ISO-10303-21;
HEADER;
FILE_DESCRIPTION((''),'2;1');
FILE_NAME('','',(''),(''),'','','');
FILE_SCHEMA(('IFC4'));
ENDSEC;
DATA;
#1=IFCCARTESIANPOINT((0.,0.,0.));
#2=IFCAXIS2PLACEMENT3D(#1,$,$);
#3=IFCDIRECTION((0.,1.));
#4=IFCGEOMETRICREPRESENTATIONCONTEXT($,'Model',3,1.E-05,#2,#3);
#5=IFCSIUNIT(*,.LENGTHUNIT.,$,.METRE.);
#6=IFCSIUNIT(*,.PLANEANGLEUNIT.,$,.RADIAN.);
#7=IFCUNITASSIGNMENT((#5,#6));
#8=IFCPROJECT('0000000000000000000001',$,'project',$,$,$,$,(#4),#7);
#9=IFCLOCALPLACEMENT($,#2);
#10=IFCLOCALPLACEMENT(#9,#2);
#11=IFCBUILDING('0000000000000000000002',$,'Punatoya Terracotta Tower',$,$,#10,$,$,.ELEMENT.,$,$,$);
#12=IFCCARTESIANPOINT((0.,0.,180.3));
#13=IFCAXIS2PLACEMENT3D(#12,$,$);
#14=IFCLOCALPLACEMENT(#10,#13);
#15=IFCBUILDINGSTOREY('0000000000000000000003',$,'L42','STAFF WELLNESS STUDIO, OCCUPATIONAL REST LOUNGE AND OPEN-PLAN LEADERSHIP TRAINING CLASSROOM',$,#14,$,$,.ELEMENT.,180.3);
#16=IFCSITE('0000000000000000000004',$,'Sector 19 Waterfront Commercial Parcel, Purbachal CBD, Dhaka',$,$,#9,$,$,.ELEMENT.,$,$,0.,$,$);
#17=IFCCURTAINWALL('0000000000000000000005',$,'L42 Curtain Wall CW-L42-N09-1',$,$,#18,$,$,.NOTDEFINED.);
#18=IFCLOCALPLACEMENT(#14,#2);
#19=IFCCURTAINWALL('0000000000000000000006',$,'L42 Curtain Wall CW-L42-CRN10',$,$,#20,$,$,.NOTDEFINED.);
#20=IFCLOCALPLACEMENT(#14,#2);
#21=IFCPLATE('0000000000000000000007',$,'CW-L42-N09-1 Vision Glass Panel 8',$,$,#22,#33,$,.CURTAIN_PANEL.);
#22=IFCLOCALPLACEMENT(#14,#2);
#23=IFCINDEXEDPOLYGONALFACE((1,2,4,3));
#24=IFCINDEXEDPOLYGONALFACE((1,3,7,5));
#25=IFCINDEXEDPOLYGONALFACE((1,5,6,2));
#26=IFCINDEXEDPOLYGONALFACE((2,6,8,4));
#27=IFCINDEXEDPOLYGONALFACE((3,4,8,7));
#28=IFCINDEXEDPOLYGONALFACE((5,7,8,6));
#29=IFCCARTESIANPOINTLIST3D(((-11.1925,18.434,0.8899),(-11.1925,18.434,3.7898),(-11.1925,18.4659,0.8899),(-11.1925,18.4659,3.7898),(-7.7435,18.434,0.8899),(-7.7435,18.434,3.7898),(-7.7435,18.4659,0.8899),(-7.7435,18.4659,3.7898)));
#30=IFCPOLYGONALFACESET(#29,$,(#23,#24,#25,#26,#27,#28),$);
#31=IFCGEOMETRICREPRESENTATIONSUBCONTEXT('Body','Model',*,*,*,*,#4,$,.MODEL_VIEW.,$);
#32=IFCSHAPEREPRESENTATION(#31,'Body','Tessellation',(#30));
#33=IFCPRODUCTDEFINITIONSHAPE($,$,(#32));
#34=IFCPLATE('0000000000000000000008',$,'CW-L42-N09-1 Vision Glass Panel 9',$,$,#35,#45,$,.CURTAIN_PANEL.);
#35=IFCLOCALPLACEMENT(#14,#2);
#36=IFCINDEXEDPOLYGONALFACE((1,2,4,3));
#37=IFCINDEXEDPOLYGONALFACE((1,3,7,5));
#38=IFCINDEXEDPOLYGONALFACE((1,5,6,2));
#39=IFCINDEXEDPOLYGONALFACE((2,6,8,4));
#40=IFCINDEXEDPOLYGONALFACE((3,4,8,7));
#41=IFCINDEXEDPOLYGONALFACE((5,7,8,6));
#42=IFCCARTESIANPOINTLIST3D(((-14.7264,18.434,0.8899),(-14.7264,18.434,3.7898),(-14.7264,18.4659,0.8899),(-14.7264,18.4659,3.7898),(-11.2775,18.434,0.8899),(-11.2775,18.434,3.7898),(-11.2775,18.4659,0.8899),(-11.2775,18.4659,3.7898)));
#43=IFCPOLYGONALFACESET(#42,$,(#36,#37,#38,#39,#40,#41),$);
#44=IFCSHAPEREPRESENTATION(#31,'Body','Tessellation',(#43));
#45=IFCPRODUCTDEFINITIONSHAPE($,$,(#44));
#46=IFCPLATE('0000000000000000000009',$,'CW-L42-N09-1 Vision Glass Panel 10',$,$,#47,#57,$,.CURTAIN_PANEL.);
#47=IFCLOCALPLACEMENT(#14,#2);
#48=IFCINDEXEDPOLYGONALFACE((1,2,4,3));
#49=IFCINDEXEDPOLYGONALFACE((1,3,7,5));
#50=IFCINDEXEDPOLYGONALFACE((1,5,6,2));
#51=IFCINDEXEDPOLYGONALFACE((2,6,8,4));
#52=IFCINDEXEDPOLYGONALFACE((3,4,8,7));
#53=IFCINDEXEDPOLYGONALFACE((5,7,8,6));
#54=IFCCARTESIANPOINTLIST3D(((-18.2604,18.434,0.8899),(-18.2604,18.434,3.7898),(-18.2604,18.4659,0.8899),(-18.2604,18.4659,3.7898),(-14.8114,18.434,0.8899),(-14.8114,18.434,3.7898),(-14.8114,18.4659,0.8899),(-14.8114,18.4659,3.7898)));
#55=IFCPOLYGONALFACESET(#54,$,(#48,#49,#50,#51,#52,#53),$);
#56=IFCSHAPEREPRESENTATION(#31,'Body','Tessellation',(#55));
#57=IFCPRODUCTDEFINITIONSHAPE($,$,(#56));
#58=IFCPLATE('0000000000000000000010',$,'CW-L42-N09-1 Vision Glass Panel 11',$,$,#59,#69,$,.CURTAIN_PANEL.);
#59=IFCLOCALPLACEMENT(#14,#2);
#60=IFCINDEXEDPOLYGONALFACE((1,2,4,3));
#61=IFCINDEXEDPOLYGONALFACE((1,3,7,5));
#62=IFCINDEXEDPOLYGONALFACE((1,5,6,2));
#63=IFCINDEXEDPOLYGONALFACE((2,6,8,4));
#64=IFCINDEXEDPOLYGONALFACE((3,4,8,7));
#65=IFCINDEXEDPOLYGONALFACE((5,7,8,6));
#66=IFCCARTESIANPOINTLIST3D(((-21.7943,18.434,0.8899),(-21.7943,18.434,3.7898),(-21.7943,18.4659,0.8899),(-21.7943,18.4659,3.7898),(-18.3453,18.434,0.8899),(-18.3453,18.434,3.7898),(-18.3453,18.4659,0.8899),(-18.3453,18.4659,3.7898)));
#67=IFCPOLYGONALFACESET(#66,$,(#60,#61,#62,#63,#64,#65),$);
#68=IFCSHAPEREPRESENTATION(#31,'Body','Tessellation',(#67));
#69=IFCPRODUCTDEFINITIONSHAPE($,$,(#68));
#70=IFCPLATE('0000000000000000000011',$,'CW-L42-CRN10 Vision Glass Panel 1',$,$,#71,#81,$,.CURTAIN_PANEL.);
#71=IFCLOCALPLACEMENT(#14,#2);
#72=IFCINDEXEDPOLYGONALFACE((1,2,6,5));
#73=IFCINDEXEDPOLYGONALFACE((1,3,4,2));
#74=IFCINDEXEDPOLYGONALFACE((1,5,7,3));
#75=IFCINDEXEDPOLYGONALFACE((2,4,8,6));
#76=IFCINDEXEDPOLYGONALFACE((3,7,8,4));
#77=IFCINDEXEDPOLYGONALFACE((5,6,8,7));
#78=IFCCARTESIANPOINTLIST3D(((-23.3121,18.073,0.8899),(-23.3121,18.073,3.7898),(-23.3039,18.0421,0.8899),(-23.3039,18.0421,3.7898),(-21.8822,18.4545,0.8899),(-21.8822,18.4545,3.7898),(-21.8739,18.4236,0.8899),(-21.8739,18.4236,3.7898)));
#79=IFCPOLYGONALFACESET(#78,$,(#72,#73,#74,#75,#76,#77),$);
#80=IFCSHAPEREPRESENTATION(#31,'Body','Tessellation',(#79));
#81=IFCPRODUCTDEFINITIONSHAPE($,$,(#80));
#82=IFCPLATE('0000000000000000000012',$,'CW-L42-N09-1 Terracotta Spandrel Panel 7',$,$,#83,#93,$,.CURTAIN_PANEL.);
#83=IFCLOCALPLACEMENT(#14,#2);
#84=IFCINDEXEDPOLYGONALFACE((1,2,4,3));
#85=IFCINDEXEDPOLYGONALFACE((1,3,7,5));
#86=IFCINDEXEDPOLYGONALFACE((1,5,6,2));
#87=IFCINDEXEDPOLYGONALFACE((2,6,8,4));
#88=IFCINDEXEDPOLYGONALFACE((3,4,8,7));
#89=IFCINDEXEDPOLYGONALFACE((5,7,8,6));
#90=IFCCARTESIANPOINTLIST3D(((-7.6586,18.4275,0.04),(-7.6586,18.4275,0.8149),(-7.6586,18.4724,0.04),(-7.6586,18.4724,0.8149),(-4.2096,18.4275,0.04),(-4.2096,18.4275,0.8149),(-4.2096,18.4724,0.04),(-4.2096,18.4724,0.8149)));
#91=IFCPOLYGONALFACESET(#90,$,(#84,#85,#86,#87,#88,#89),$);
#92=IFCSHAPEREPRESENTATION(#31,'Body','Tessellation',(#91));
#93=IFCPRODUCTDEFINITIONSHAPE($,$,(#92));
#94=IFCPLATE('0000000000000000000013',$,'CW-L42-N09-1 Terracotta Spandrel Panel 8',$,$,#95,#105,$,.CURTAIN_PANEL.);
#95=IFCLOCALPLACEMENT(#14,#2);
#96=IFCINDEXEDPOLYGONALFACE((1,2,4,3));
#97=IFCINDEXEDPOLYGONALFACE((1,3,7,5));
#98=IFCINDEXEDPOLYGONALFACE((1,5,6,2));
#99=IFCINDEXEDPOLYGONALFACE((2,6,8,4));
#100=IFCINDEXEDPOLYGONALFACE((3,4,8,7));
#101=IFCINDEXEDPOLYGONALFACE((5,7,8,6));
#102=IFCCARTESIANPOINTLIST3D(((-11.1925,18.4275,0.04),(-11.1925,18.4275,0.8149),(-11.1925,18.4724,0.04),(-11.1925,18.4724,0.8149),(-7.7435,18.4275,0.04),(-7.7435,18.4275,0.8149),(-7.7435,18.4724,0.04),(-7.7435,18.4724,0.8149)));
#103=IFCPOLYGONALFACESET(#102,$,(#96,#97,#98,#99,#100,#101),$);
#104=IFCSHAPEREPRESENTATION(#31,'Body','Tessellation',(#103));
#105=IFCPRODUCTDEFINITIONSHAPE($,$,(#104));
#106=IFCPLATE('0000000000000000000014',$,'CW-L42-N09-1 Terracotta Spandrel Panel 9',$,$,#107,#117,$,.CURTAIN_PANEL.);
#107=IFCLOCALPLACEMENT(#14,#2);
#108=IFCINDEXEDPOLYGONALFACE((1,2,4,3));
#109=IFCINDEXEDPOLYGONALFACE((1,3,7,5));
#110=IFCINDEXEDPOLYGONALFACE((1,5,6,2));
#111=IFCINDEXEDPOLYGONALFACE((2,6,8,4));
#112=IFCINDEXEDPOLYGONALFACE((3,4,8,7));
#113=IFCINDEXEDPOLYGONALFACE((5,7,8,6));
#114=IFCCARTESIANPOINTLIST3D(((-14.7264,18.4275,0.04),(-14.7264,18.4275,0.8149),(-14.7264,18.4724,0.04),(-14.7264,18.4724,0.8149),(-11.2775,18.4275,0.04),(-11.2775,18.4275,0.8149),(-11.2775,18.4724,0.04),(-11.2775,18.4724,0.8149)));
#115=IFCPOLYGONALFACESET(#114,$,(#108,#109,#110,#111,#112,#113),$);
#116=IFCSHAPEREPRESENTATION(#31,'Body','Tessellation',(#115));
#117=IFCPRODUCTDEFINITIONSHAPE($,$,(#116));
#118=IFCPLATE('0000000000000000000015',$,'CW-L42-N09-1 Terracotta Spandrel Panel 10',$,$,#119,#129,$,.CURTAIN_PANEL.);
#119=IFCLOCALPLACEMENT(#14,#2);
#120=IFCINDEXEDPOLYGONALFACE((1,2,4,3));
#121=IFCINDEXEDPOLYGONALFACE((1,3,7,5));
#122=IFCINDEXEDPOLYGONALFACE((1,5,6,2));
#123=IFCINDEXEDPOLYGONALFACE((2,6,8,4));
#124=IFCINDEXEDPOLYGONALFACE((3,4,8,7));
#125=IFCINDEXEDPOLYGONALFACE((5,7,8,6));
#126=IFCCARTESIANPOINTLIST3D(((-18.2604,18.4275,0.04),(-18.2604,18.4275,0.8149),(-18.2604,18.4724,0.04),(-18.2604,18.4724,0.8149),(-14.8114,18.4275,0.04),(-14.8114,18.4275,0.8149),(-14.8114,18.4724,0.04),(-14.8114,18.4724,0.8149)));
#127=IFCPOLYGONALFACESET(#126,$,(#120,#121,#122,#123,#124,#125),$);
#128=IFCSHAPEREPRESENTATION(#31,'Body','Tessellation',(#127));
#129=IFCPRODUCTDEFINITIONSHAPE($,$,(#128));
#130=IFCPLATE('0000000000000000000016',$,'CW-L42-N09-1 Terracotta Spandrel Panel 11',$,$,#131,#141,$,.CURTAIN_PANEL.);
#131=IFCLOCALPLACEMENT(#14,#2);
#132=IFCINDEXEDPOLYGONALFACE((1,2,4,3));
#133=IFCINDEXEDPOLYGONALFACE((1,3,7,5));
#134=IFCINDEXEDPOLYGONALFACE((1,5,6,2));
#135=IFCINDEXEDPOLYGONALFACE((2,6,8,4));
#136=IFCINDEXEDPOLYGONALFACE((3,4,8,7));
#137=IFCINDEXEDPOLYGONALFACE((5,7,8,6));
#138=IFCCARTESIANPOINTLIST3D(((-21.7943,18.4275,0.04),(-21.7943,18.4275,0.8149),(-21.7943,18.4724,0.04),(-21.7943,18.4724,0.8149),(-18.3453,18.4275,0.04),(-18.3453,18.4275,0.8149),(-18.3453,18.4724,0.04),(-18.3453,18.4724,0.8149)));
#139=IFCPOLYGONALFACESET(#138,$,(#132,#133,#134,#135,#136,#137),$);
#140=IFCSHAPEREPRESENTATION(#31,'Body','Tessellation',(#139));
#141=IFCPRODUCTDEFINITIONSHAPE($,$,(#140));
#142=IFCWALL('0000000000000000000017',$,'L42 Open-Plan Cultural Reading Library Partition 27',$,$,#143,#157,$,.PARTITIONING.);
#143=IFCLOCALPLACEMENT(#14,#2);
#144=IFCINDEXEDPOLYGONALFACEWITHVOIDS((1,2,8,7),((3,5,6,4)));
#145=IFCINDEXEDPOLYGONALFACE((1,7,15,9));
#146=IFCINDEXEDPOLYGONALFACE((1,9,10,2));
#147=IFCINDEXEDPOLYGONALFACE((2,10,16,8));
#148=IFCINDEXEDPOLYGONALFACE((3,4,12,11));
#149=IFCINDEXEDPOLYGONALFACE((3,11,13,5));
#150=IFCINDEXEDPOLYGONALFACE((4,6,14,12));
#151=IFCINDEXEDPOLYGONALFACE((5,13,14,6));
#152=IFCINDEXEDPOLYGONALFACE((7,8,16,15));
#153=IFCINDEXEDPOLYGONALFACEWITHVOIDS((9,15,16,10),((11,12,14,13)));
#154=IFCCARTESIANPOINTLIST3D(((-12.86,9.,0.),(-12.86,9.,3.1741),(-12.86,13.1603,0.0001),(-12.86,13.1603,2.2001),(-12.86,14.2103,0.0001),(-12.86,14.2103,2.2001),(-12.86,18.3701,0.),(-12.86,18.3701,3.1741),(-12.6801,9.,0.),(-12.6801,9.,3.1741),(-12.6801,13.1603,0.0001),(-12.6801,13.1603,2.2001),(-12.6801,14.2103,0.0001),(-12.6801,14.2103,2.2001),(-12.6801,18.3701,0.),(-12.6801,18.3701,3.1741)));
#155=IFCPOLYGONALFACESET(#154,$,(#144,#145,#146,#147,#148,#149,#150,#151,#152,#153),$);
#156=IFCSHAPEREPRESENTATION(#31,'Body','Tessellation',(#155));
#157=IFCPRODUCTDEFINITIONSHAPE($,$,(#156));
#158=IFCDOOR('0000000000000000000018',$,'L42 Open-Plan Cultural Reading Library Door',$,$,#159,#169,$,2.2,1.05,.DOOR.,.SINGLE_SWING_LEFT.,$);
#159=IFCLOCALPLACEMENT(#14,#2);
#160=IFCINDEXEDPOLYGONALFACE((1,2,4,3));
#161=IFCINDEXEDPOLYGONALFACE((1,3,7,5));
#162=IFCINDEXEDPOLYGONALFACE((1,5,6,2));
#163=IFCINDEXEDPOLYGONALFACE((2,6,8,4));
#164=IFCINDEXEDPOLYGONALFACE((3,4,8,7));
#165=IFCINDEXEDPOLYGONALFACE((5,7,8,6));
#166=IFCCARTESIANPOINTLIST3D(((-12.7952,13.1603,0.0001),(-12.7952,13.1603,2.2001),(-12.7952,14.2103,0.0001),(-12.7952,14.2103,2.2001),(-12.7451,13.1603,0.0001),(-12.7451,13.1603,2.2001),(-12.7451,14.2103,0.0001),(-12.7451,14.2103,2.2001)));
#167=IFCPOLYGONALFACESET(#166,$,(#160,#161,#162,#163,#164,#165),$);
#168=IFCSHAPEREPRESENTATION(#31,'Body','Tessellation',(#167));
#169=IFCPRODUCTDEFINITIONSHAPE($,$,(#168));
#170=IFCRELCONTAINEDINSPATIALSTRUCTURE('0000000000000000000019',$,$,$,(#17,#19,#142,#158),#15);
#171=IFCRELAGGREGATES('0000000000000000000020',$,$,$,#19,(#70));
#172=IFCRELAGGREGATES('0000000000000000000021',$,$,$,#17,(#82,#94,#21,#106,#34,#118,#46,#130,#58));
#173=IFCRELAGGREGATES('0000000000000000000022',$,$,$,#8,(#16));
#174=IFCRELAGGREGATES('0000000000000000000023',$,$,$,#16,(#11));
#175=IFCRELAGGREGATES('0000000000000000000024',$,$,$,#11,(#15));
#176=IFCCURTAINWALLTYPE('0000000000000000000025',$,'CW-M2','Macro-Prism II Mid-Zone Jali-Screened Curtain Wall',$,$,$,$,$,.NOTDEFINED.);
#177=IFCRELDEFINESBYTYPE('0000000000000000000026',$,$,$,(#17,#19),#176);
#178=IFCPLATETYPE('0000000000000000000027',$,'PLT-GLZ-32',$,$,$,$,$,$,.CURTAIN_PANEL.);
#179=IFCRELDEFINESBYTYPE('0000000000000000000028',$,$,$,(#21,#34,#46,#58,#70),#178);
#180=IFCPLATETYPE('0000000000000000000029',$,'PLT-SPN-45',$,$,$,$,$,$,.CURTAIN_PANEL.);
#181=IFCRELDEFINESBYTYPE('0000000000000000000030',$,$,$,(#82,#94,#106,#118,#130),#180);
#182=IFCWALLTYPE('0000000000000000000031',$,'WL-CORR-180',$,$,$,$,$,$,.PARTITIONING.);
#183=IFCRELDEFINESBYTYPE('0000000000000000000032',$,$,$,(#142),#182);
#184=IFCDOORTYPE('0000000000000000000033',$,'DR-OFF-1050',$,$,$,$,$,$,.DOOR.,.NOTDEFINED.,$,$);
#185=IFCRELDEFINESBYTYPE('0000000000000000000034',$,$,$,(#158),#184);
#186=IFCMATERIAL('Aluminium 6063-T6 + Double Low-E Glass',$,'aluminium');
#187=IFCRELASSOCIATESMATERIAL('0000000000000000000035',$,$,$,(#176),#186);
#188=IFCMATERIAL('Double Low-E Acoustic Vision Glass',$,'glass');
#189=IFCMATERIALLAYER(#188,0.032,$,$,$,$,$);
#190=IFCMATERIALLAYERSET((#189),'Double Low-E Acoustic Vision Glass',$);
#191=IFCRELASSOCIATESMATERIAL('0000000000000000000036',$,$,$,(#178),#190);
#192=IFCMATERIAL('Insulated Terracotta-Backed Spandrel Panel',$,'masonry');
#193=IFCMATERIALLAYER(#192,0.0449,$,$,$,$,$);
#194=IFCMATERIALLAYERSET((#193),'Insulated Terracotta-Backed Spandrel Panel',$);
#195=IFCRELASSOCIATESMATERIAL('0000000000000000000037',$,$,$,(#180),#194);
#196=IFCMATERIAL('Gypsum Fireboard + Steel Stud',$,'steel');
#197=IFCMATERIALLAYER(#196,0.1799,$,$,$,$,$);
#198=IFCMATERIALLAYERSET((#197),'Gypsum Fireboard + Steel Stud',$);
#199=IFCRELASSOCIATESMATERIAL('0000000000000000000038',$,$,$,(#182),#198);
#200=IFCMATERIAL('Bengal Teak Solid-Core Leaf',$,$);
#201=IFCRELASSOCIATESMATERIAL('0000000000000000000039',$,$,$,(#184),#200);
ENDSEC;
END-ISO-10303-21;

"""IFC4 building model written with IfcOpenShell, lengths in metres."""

from ifc_helpers import new_model, si_unit, direction, frame, frame_2d, origin, origin_2d, place, context, subcontext, project, spatial, rectangle, extrude, material, layer, layer_set, type_object, element, fill, aggregate, save


model = new_model("IFC4")

# Units and contexts
model_context = context("Model", 3, precision=1e-05, world=origin(), true_north=direction((0.0, 1.0)))
body_context = subcontext(model_context, "Body", "Model", "MODEL_VIEW")
ifc_project = project(units=[si_unit("LENGTHUNIT", "METRE"), si_unit("PLANEANGLEUNIT", "RADIAN")], contexts=[model_context])

# Site, building, storey
site_placement = place(None, origin())
site = spatial("IfcSite", under=ifc_project, at=site_placement, Name="Sector 19 Waterfront Commercial Parcel, Purbachal CBD, Dhaka", CompositionType="ELEMENT", RefElevation=0.0)
building_placement = place(site_placement, origin())
building = spatial("IfcBuilding", under=site, at=building_placement, Name="Punatoya Terracotta Tower", CompositionType="ELEMENT")
storey_placement = place(building_placement, frame((0.0, 0.0, 180.3)))
storey = spatial("IfcBuildingStorey", under=building, at=storey_placement, Name="L42", Description="STAFF WELLNESS STUDIO, OCCUPATIONAL REST LOUNGE AND OPEN-PLAN LEADERSHIP TRAINING CLASSROOM", CompositionType="ELEMENT", Elevation=180.3)

# Curtain walls
ifc_material_1 = material(Name="Aluminium 6063-T6 + Double Low-E Glass", Category="aluminium")
curtain_wall_type = type_object("IfcCurtainWallType", Name="CW-M2", Description="Macro-Prism II Mid-Zone Jali-Screened Curtain Wall", PredefinedType="NOTDEFINED", material=ifc_material_1)
curtain_wall_1_placement = place(storey_placement, origin())
curtain_wall_1 = element("IfcCurtainWall", 1, at=curtain_wall_1_placement, inside=storey, type_object=curtain_wall_type, Name="L42 Curtain Wall CW-L42-N09-1", PredefinedType="NOTDEFINED")
curtain_wall_2_placement = place(storey_placement, origin())
curtain_wall_2 = element("IfcCurtainWall", 2, at=curtain_wall_2_placement, inside=storey, type_object=curtain_wall_type, Name="L42 Curtain Wall CW-L42-CRN10", PredefinedType="NOTDEFINED")

# Plates
ifc_material_2 = material(Name="Double Low-E Acoustic Vision Glass", Category="glass")
ifc_layer_1 = layer(ifc_material_2, 0.032)
ifc_layer_set_1 = layer_set([ifc_layer_1], Name="Double Low-E Acoustic Vision Glass")
plate_type_1 = type_object("IfcPlateType", Name="PLT-GLZ-32", PredefinedType="CURTAIN_PANEL", material=ifc_layer_set_1)
plate_1_placement = place(storey_placement, frame((-9.468, 18.45, 0.8899), z_axis=(0.0, 0.0, 1.0), x_axis=(-1.0, 0.0, 0.0)))
plate_1 = element("IfcPlate", 3, at=plate_1_placement, type_object=plate_type_1, Name="CW-L42-N09-1 Vision Glass Panel 8", PredefinedType="CURTAIN_PANEL", context=body_context, shape_type="SweptSolid", body=[
    extrude(rectangle(XDim=3.449, YDim=0.032, at=origin_2d()), origin(), (0.0, 0.0, 1.0), 2.8999),
])
plate_2_placement = place(storey_placement, frame((-13.002, 18.45, 0.8899), z_axis=(0.0, 0.0, 1.0), x_axis=(-1.0, 0.0, 0.0)))
plate_2 = element("IfcPlate", 4, at=plate_2_placement, type_object=plate_type_1, Name="CW-L42-N09-1 Vision Glass Panel 9", PredefinedType="CURTAIN_PANEL", context=body_context, shape_type="SweptSolid", body=[
    extrude(rectangle(XDim=3.449, YDim=0.032, at=origin_2d()), origin(), (0.0, 0.0, 1.0), 2.8999),
])
plate_3_placement = place(storey_placement, frame((-16.5359, 18.45, 0.8899), z_axis=(0.0, 0.0, 1.0), x_axis=(-1.0, 0.0, 0.0)))
plate_3 = element("IfcPlate", 5, at=plate_3_placement, type_object=plate_type_1, Name="CW-L42-N09-1 Vision Glass Panel 10", PredefinedType="CURTAIN_PANEL", context=body_context, shape_type="SweptSolid", body=[
    extrude(rectangle(XDim=3.449, YDim=0.032, at=origin_2d()), origin(), (0.0, 0.0, 1.0), 2.8999),
])
plate_4_placement = place(storey_placement, frame((-20.0698, 18.45, 0.8899), z_axis=(0.0, 0.0, 1.0), x_axis=(-1.0, 0.0, 0.0)))
plate_4 = element("IfcPlate", 6, at=plate_4_placement, type_object=plate_type_1, Name="CW-L42-N09-1 Vision Glass Panel 11", PredefinedType="CURTAIN_PANEL", context=body_context, shape_type="SweptSolid", body=[
    extrude(rectangle(XDim=3.449, YDim=0.032, at=origin_2d()), origin(), (0.0, 0.0, 1.0), 2.8999),
])
plate_5_placement = place(storey_placement, frame((-22.593, 18.2483, 0.8899), z_axis=(0.0, 0.0, 1.0), x_axis=(-0.966214, -0.257742, 0.0)))
plate_5 = element("IfcPlate", 7, at=plate_5_placement, type_object=plate_type_1, Name="CW-L42-CRN10 Vision Glass Panel 1", PredefinedType="CURTAIN_PANEL", context=body_context, shape_type="SweptSolid", body=[
    extrude(rectangle(XDim=1.48, YDim=0.032, at=origin_2d()), origin(), (0.0, 0.0, 1.0), 2.8999),
])
aggregate(curtain_wall_2, [plate_5])
ifc_material_3 = material(Name="Insulated Terracotta-Backed Spandrel Panel", Category="masonry")
ifc_layer_2 = layer(ifc_material_3, 0.0449)
ifc_layer_set_2 = layer_set([ifc_layer_2], Name="Insulated Terracotta-Backed Spandrel Panel")
plate_type_2 = type_object("IfcPlateType", Name="PLT-SPN-45", PredefinedType="CURTAIN_PANEL", material=ifc_layer_set_2)
plate_6_placement = place(storey_placement, frame((-5.9341, 18.45, 0.04), z_axis=(0.0, 0.0, 1.0), x_axis=(-1.0, 0.0, 0.0)))
plate_6 = element("IfcPlate", 8, at=plate_6_placement, type_object=plate_type_2, Name="CW-L42-N09-1 Terracotta Spandrel Panel 7", PredefinedType="CURTAIN_PANEL", context=body_context, shape_type="SweptSolid", body=[
    extrude(rectangle(XDim=3.449, YDim=0.0449, at=origin_2d()), origin(), (0.0, 0.0, 1.0), 0.7749),
])
plate_7_placement = place(storey_placement, frame((-9.468, 18.45, 0.04), z_axis=(0.0, 0.0, 1.0), x_axis=(-1.0, 0.0, 0.0)))
plate_7 = element("IfcPlate", 9, at=plate_7_placement, type_object=plate_type_2, Name="CW-L42-N09-1 Terracotta Spandrel Panel 8", PredefinedType="CURTAIN_PANEL", context=body_context, shape_type="SweptSolid", body=[
    extrude(rectangle(XDim=3.449, YDim=0.0449, at=origin_2d()), origin(), (0.0, 0.0, 1.0), 0.7749),
])
plate_8_placement = place(storey_placement, frame((-13.002, 18.45, 0.04), z_axis=(0.0, 0.0, 1.0), x_axis=(-1.0, 0.0, 0.0)))
plate_8 = element("IfcPlate", 10, at=plate_8_placement, type_object=plate_type_2, Name="CW-L42-N09-1 Terracotta Spandrel Panel 9", PredefinedType="CURTAIN_PANEL", context=body_context, shape_type="SweptSolid", body=[
    extrude(rectangle(XDim=3.449, YDim=0.0449, at=origin_2d()), origin(), (0.0, 0.0, 1.0), 0.7749),
])
plate_9_placement = place(storey_placement, frame((-16.5359, 18.45, 0.04), z_axis=(0.0, 0.0, 1.0), x_axis=(-1.0, 0.0, 0.0)))
plate_9 = element("IfcPlate", 11, at=plate_9_placement, type_object=plate_type_2, Name="CW-L42-N09-1 Terracotta Spandrel Panel 10", PredefinedType="CURTAIN_PANEL", context=body_context, shape_type="SweptSolid", body=[
    extrude(rectangle(XDim=3.449, YDim=0.0449, at=origin_2d()), origin(), (0.0, 0.0, 1.0), 0.7749),
])
plate_10_placement = place(storey_placement, frame((-20.0698, 18.45, 0.04), z_axis=(0.0, 0.0, 1.0), x_axis=(-1.0, 0.0, 0.0)))
plate_10 = element("IfcPlate", 12, at=plate_10_placement, type_object=plate_type_2, Name="CW-L42-N09-1 Terracotta Spandrel Panel 11", PredefinedType="CURTAIN_PANEL", context=body_context, shape_type="SweptSolid", body=[
    extrude(rectangle(XDim=3.449, YDim=0.0449, at=origin_2d()), origin(), (0.0, 0.0, 1.0), 0.7749),
])
aggregate(curtain_wall_1, [plate_6, plate_7, plate_1, plate_8, plate_2, plate_9, plate_3, plate_10, plate_4])

# Wall, opening, door
ifc_material_4 = material(Name="Gypsum Fireboard + Steel Stud", Category="steel")
ifc_layer_3 = layer(ifc_material_4, 0.1799)
ifc_layer_set_3 = layer_set([ifc_layer_3], Name="Gypsum Fireboard + Steel Stud")
wall_type = type_object("IfcWallType", Name="WL-CORR-180", PredefinedType="PARTITIONING", material=ifc_layer_set_3)
wall_placement = place(storey_placement, frame((-12.77, 18.3701, 0.0), z_axis=(0.0, 0.0, 1.0), x_axis=(0.0, -1.0, 0.0)))
wall = element("IfcWall", 13, at=wall_placement, inside=storey, type_object=wall_type, Name="L42 Open-Plan Cultural Reading Library Partition 27", PredefinedType="PARTITIONING", context=body_context, shape_type="SweptSolid", body=[
    extrude(rectangle(XDim=9.3701, YDim=0.1799, at=frame_2d((4.6851, 0.0))), origin(), (0.0, 0.0, 1.0), 3.1741),
])
opening_placement = place(wall_placement, frame((4.1599, 0.0, 0.0)))
opening = element("IfcOpeningElement", 14, at=opening_placement, cuts=wall, PredefinedType="OPENING", context=body_context, shape_type="SweptSolid", body=[
    extrude(rectangle(XDim=1.05, YDim=2.2, at=frame_2d((0.5249, 1.1001))), frame((0.0, 0.0999, 0.0), z_axis=(0.0, -1.0, 0.0), x_axis=(1.0, 0.0, 0.0)), (0.0, 0.0, 1.0), 0.2),
])
ifc_material_5 = material(Name="Bengal Teak Solid-Core Leaf")
door_type = type_object("IfcDoorType", Name="DR-OFF-1050", OperationType="NOTDEFINED", PredefinedType="DOOR", material=ifc_material_5)
door_placement = place(opening_placement, origin())
door = element("IfcDoor", 15, at=door_placement, inside=storey, type_object=door_type, Name="L42 Open-Plan Cultural Reading Library Door", OperationType="SINGLE_SWING_LEFT", OverallHeight=2.2, OverallWidth=1.05, PredefinedType="DOOR", context=body_context, shape_type="SweptSolid", body=[
    extrude(rectangle(XDim=1.05, YDim=2.2, at=frame_2d((0.5249, 1.1001))), frame((0.0, 0.0249, 0.0), z_axis=(0.0, -1.0, 0.0), x_axis=(1.0, 0.0, 0.0)), (0.0, 0.0, 1.0), 0.05),
])
fill(opening, door)

save(model, "model.ifc")
